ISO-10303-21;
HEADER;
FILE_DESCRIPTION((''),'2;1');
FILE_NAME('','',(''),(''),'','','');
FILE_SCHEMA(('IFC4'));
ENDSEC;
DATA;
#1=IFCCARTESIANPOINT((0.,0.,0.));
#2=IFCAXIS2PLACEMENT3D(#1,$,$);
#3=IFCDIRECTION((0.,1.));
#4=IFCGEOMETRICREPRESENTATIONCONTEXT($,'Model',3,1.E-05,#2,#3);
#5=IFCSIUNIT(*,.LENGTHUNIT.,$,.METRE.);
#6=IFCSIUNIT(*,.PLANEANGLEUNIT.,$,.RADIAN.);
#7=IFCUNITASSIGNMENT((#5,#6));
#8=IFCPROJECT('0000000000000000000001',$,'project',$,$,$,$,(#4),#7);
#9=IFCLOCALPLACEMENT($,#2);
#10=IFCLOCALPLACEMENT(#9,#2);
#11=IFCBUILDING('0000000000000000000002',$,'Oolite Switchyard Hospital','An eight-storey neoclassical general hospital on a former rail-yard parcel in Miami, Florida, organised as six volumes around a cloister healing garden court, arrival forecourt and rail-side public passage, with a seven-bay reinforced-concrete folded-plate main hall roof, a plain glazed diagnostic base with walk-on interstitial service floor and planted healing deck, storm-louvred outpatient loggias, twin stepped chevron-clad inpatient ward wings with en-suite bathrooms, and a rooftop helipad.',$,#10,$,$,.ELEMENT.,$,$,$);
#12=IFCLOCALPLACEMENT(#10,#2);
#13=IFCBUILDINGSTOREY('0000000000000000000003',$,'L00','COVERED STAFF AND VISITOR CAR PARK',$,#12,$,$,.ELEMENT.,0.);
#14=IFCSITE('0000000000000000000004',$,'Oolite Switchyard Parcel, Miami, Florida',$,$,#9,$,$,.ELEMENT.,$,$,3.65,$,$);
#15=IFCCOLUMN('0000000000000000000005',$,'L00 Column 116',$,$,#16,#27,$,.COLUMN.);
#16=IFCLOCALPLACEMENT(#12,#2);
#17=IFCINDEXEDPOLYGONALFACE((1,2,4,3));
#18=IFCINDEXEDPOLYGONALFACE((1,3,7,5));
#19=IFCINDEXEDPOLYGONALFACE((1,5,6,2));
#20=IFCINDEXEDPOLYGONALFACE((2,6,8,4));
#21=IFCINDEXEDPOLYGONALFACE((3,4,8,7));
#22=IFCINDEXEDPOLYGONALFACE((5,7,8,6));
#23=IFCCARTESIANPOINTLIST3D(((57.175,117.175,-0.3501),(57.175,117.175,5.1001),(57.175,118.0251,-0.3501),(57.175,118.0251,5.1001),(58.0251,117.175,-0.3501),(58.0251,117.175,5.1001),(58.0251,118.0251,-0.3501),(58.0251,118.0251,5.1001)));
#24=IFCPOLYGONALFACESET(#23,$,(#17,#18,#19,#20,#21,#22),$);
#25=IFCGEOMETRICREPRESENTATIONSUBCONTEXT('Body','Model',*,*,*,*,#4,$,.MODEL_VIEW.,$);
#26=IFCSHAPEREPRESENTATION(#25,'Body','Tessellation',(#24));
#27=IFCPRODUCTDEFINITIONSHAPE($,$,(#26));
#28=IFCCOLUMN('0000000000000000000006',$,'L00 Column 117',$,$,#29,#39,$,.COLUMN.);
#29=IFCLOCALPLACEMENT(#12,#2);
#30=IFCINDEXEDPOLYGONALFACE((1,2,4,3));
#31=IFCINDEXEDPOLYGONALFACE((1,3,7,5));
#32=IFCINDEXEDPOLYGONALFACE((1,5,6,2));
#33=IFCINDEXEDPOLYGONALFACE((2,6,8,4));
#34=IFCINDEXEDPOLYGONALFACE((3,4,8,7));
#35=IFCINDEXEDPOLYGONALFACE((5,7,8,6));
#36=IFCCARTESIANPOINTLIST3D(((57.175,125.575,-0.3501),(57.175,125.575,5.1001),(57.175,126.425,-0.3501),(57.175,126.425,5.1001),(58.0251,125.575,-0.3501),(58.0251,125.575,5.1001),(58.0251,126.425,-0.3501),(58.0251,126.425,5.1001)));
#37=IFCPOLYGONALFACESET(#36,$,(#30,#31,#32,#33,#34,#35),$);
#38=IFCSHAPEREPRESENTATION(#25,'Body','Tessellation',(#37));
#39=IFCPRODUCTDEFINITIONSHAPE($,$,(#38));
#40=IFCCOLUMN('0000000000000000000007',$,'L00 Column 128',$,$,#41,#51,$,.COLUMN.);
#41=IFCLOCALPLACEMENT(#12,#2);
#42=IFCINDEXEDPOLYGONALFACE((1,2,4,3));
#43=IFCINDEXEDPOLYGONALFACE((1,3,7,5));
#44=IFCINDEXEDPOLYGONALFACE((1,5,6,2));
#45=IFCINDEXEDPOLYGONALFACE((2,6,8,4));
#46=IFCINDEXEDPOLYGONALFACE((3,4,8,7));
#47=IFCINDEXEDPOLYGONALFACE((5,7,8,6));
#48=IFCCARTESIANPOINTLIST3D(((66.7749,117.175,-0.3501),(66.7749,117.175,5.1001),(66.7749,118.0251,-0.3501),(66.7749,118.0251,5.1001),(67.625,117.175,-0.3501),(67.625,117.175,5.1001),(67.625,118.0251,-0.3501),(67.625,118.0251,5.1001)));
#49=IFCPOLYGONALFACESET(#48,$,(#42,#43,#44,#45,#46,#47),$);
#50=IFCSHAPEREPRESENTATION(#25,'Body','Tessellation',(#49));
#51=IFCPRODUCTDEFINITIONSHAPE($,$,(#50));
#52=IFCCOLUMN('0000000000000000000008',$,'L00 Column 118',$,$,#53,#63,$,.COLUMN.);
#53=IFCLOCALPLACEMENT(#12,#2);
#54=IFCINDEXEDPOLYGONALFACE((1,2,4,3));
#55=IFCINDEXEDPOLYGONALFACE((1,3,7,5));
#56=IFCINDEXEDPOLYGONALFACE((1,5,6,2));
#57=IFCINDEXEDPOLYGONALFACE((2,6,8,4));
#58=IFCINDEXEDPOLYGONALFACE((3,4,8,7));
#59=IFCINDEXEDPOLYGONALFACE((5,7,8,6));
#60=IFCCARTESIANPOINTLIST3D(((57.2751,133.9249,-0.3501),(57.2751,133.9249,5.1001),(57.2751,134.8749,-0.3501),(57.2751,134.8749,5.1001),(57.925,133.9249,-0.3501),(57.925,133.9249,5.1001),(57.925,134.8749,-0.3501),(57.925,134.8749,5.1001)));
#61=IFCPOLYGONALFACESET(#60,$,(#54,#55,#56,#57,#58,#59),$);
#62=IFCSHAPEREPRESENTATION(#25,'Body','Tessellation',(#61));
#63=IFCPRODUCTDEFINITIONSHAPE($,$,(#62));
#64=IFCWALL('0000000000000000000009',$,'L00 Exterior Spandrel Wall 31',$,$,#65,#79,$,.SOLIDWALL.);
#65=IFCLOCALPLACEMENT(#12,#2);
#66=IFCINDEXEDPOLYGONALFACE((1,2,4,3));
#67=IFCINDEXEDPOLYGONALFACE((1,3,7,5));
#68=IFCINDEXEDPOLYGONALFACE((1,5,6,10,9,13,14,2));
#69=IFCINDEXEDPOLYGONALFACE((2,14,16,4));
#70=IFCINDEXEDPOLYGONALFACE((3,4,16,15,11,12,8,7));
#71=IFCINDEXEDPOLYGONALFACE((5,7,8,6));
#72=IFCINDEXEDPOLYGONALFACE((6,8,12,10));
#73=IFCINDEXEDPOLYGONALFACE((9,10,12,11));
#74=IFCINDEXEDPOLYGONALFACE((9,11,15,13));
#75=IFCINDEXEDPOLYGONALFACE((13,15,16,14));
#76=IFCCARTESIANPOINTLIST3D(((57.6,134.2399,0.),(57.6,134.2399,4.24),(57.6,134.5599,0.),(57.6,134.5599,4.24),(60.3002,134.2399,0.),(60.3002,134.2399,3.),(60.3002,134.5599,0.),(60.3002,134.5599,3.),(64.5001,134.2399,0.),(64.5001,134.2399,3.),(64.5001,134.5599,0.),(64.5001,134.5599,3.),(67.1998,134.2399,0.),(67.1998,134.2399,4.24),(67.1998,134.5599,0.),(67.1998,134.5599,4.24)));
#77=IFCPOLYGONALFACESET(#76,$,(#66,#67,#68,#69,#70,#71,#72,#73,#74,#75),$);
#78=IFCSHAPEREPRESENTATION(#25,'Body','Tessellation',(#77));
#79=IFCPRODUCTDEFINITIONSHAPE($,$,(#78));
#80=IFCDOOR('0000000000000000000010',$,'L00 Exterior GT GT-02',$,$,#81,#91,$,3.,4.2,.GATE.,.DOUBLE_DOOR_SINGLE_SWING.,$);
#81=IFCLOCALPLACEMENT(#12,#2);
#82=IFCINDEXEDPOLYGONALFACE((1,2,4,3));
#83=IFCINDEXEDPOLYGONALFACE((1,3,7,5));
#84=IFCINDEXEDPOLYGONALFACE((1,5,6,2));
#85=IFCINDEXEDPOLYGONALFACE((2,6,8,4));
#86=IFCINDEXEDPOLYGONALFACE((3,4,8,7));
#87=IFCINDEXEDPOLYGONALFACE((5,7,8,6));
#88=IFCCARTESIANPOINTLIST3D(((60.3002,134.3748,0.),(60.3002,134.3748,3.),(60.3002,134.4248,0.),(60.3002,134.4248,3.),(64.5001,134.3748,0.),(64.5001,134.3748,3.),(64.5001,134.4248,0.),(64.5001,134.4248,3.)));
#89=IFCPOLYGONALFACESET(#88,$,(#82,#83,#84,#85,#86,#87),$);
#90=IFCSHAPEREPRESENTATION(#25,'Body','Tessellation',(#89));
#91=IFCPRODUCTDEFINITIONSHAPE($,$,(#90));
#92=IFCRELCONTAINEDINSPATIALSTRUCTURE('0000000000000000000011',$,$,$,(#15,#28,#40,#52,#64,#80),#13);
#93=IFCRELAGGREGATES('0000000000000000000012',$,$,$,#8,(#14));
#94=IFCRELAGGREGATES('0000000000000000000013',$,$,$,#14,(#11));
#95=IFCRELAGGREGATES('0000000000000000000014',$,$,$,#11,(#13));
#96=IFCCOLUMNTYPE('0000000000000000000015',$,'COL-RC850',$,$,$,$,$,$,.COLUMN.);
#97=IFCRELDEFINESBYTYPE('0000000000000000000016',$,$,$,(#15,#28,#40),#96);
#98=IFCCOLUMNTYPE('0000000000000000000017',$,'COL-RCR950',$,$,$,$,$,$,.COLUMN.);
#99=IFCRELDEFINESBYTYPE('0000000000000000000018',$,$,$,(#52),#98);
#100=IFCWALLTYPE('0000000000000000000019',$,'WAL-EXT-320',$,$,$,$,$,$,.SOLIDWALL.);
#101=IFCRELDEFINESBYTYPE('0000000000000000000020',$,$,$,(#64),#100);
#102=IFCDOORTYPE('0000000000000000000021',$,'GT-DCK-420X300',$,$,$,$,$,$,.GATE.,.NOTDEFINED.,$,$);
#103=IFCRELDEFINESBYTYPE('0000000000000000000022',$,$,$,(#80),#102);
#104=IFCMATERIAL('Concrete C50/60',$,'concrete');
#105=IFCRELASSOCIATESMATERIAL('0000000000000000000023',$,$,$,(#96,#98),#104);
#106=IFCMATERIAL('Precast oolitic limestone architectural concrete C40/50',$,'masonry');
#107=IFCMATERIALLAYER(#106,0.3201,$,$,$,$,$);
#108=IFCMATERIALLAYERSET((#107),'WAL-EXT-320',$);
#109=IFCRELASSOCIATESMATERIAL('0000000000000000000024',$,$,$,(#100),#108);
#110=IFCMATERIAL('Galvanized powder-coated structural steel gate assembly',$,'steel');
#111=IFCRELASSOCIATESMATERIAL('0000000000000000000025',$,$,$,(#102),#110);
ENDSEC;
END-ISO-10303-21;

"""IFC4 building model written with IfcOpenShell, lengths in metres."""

from ifc_helpers import new_model, si_unit, direction, frame, frame_2d, origin, origin_2d, place, context, subcontext, project, spatial, rectangle, extrude, material, layer, layer_set, material_profile, profile_set, type_object, element, fill, save


model = new_model("IFC4")

# Units and contexts
model_context = context("Model", 3, precision=1e-05, world=origin(), true_north=direction((0.0, 1.0)))
body_context = subcontext(model_context, "Body", "Model", "MODEL_VIEW")
ifc_project = project(units=[si_unit("LENGTHUNIT", "METRE"), si_unit("PLANEANGLEUNIT", "RADIAN")], contexts=[model_context])

# Site, building, storey
site_placement = place(None, origin())
site = spatial("IfcSite", under=ifc_project, at=site_placement, Name="Oolite Switchyard Parcel, Miami, Florida", CompositionType="ELEMENT", RefElevation=3.65)
building_placement = place(site_placement, origin())
building = spatial("IfcBuilding", under=site, at=building_placement, Name="Oolite Switchyard Hospital", Description="An eight-storey neoclassical general hospital on a former rail-yard parcel in Miami, Florida, organised as six volumes around a cloister healing garden court, arrival forecourt and rail-side public passage, with a seven-bay reinforced-concrete folded-plate main hall roof, a plain glazed diagnostic base with walk-on interstitial service floor and planted healing deck, storm-louvred outpatient loggias, twin stepped chevron-clad inpatient ward wings with en-suite bathrooms, and a rooftop helipad.", CompositionType="ELEMENT")
storey_placement = place(building_placement, origin())
storey = spatial("IfcBuildingStorey", under=building, at=storey_placement, Name="L00", Description="COVERED STAFF AND VISITOR CAR PARK", CompositionType="ELEMENT", Elevation=0.0)

# Columns
ifc_material_1 = material(Name="Concrete C50/60", Category="concrete")
ifc_material_profile_1 = material_profile(ifc_material_1, rectangle(XDim=0.8501, YDim=0.8501, at=origin_2d()), Name="RC850X850")
ifc_profile_set_1 = profile_set([ifc_material_profile_1], Name="Concrete C50/60")
column_type_1 = type_object("IfcColumnType", Name="COL-RC850", PredefinedType="COLUMN", material=ifc_profile_set_1)
for number, where, z_axis, x_axis, name in (
    (1, (57.6001, 117.6001, -0.3501), (0.0, 0.0, 1.0), (1.0, 0.0, 0.0), "L00 Column 116"),
    (2, (57.6001, 126.0, -0.3501), (0.0, 0.0, 1.0), (1.0, 0.0, 0.0), "L00 Column 117"),
    (3, (67.2, 117.6001, -0.3501), (0.0, 0.0, 1.0), (1.0, 0.0, 0.0), "L00 Column 128"),
):
    element("IfcColumn", number, at=place(storey_placement, frame(where, z_axis=z_axis, x_axis=x_axis)), inside=storey, type_object=column_type_1, Name=name, PredefinedType="COLUMN", context=body_context, shape_type="SweptSolid", body=[
        extrude(rectangle(XDim=0.8501, YDim=0.8501, at=origin_2d()), origin(), (0.0, 0.0, 1.0), 5.4502),
    ])
ifc_material_profile_2 = material_profile(ifc_material_1, rectangle(XDim=0.95, YDim=0.6499, at=origin_2d()), Name="RC950X650")
ifc_profile_set_2 = profile_set([ifc_material_profile_2], Name="Concrete C50/60")
column_type_2 = type_object("IfcColumnType", Name="COL-RCR950", PredefinedType="COLUMN", material=ifc_profile_set_2)
column_placement = place(storey_placement, frame((57.6001, 134.3999, -0.3501), z_axis=(0.0, 0.0, 1.0), x_axis=(0.0, 1.0, 0.0)))
element("IfcColumn", 4, at=column_placement, inside=storey, type_object=column_type_2, Name="L00 Column 118", PredefinedType="COLUMN", context=body_context, shape_type="SweptSolid", body=[
    extrude(rectangle(XDim=0.95, YDim=0.6499, at=origin_2d()), origin(), (0.0, 0.0, 1.0), 5.4502),
])

# Wall, opening, door
ifc_material_2 = material(Name="Precast oolitic limestone architectural concrete C40/50", Category="masonry")
ifc_layer = layer(ifc_material_2, 0.3201)
ifc_layer_set = layer_set([ifc_layer], Name="WAL-EXT-320")
wall_type = type_object("IfcWallType", Name="WAL-EXT-320", PredefinedType="SOLIDWALL", material=ifc_layer_set)
wall_placement = place(storey_placement, frame((57.6001, 134.3999, 0.0), z_axis=(0.0, 0.0, 1.0), x_axis=(1.0, 0.0, 0.0)))
wall = element("IfcWall", 5, at=wall_placement, inside=storey, type_object=wall_type, Name="L00 Exterior Spandrel Wall 31", PredefinedType="SOLIDWALL", context=body_context, shape_type="SweptSolid", body=[
    extrude(rectangle(XDim=9.5999, YDim=0.3201, at=frame_2d((4.7998, 0.0))), origin(), (0.0, 0.0, 1.0), 4.24),
])
opening_placement = place(wall_placement, frame((2.7, 0.0, 0.0)))
opening = element("IfcOpeningElement", 6, at=opening_placement, cuts=wall, PredefinedType="OPENING", context=body_context, shape_type="SweptSolid", body=[
    extrude(rectangle(XDim=4.2, YDim=3.0, at=frame_2d((2.1001, 1.5))), frame((0.0, 0.1699, 0.0), z_axis=(0.0, -1.0, 0.0), x_axis=(1.0, 0.0, 0.0)), (0.0, 0.0, 1.0), 0.3401),
])
ifc_material_3 = material(Name="Galvanized powder-coated structural steel gate assembly", Category="steel")
door_type = type_object("IfcDoorType", Name="GT-DCK-420X300", OperationType="NOTDEFINED", PredefinedType="GATE", material=ifc_material_3)
door_placement = place(opening_placement, origin())
door = element("IfcDoor", 7, at=door_placement, inside=storey, type_object=door_type, Name="L00 Exterior GT GT-02", OperationType="DOUBLE_DOOR_SINGLE_SWING", OverallHeight=3.0, OverallWidth=4.2, PredefinedType="GATE", context=body_context, shape_type="SweptSolid", body=[
    extrude(rectangle(XDim=4.2, YDim=3.0, at=frame_2d((2.1001, 1.5))), frame((0.0, 0.0249, 0.0), z_axis=(0.0, -1.0, 0.0), x_axis=(1.0, 0.0, 0.0)), (0.0, 0.0, 1.0), 0.05),
])
fill(opening, door)

save(model, "model.ifc")
